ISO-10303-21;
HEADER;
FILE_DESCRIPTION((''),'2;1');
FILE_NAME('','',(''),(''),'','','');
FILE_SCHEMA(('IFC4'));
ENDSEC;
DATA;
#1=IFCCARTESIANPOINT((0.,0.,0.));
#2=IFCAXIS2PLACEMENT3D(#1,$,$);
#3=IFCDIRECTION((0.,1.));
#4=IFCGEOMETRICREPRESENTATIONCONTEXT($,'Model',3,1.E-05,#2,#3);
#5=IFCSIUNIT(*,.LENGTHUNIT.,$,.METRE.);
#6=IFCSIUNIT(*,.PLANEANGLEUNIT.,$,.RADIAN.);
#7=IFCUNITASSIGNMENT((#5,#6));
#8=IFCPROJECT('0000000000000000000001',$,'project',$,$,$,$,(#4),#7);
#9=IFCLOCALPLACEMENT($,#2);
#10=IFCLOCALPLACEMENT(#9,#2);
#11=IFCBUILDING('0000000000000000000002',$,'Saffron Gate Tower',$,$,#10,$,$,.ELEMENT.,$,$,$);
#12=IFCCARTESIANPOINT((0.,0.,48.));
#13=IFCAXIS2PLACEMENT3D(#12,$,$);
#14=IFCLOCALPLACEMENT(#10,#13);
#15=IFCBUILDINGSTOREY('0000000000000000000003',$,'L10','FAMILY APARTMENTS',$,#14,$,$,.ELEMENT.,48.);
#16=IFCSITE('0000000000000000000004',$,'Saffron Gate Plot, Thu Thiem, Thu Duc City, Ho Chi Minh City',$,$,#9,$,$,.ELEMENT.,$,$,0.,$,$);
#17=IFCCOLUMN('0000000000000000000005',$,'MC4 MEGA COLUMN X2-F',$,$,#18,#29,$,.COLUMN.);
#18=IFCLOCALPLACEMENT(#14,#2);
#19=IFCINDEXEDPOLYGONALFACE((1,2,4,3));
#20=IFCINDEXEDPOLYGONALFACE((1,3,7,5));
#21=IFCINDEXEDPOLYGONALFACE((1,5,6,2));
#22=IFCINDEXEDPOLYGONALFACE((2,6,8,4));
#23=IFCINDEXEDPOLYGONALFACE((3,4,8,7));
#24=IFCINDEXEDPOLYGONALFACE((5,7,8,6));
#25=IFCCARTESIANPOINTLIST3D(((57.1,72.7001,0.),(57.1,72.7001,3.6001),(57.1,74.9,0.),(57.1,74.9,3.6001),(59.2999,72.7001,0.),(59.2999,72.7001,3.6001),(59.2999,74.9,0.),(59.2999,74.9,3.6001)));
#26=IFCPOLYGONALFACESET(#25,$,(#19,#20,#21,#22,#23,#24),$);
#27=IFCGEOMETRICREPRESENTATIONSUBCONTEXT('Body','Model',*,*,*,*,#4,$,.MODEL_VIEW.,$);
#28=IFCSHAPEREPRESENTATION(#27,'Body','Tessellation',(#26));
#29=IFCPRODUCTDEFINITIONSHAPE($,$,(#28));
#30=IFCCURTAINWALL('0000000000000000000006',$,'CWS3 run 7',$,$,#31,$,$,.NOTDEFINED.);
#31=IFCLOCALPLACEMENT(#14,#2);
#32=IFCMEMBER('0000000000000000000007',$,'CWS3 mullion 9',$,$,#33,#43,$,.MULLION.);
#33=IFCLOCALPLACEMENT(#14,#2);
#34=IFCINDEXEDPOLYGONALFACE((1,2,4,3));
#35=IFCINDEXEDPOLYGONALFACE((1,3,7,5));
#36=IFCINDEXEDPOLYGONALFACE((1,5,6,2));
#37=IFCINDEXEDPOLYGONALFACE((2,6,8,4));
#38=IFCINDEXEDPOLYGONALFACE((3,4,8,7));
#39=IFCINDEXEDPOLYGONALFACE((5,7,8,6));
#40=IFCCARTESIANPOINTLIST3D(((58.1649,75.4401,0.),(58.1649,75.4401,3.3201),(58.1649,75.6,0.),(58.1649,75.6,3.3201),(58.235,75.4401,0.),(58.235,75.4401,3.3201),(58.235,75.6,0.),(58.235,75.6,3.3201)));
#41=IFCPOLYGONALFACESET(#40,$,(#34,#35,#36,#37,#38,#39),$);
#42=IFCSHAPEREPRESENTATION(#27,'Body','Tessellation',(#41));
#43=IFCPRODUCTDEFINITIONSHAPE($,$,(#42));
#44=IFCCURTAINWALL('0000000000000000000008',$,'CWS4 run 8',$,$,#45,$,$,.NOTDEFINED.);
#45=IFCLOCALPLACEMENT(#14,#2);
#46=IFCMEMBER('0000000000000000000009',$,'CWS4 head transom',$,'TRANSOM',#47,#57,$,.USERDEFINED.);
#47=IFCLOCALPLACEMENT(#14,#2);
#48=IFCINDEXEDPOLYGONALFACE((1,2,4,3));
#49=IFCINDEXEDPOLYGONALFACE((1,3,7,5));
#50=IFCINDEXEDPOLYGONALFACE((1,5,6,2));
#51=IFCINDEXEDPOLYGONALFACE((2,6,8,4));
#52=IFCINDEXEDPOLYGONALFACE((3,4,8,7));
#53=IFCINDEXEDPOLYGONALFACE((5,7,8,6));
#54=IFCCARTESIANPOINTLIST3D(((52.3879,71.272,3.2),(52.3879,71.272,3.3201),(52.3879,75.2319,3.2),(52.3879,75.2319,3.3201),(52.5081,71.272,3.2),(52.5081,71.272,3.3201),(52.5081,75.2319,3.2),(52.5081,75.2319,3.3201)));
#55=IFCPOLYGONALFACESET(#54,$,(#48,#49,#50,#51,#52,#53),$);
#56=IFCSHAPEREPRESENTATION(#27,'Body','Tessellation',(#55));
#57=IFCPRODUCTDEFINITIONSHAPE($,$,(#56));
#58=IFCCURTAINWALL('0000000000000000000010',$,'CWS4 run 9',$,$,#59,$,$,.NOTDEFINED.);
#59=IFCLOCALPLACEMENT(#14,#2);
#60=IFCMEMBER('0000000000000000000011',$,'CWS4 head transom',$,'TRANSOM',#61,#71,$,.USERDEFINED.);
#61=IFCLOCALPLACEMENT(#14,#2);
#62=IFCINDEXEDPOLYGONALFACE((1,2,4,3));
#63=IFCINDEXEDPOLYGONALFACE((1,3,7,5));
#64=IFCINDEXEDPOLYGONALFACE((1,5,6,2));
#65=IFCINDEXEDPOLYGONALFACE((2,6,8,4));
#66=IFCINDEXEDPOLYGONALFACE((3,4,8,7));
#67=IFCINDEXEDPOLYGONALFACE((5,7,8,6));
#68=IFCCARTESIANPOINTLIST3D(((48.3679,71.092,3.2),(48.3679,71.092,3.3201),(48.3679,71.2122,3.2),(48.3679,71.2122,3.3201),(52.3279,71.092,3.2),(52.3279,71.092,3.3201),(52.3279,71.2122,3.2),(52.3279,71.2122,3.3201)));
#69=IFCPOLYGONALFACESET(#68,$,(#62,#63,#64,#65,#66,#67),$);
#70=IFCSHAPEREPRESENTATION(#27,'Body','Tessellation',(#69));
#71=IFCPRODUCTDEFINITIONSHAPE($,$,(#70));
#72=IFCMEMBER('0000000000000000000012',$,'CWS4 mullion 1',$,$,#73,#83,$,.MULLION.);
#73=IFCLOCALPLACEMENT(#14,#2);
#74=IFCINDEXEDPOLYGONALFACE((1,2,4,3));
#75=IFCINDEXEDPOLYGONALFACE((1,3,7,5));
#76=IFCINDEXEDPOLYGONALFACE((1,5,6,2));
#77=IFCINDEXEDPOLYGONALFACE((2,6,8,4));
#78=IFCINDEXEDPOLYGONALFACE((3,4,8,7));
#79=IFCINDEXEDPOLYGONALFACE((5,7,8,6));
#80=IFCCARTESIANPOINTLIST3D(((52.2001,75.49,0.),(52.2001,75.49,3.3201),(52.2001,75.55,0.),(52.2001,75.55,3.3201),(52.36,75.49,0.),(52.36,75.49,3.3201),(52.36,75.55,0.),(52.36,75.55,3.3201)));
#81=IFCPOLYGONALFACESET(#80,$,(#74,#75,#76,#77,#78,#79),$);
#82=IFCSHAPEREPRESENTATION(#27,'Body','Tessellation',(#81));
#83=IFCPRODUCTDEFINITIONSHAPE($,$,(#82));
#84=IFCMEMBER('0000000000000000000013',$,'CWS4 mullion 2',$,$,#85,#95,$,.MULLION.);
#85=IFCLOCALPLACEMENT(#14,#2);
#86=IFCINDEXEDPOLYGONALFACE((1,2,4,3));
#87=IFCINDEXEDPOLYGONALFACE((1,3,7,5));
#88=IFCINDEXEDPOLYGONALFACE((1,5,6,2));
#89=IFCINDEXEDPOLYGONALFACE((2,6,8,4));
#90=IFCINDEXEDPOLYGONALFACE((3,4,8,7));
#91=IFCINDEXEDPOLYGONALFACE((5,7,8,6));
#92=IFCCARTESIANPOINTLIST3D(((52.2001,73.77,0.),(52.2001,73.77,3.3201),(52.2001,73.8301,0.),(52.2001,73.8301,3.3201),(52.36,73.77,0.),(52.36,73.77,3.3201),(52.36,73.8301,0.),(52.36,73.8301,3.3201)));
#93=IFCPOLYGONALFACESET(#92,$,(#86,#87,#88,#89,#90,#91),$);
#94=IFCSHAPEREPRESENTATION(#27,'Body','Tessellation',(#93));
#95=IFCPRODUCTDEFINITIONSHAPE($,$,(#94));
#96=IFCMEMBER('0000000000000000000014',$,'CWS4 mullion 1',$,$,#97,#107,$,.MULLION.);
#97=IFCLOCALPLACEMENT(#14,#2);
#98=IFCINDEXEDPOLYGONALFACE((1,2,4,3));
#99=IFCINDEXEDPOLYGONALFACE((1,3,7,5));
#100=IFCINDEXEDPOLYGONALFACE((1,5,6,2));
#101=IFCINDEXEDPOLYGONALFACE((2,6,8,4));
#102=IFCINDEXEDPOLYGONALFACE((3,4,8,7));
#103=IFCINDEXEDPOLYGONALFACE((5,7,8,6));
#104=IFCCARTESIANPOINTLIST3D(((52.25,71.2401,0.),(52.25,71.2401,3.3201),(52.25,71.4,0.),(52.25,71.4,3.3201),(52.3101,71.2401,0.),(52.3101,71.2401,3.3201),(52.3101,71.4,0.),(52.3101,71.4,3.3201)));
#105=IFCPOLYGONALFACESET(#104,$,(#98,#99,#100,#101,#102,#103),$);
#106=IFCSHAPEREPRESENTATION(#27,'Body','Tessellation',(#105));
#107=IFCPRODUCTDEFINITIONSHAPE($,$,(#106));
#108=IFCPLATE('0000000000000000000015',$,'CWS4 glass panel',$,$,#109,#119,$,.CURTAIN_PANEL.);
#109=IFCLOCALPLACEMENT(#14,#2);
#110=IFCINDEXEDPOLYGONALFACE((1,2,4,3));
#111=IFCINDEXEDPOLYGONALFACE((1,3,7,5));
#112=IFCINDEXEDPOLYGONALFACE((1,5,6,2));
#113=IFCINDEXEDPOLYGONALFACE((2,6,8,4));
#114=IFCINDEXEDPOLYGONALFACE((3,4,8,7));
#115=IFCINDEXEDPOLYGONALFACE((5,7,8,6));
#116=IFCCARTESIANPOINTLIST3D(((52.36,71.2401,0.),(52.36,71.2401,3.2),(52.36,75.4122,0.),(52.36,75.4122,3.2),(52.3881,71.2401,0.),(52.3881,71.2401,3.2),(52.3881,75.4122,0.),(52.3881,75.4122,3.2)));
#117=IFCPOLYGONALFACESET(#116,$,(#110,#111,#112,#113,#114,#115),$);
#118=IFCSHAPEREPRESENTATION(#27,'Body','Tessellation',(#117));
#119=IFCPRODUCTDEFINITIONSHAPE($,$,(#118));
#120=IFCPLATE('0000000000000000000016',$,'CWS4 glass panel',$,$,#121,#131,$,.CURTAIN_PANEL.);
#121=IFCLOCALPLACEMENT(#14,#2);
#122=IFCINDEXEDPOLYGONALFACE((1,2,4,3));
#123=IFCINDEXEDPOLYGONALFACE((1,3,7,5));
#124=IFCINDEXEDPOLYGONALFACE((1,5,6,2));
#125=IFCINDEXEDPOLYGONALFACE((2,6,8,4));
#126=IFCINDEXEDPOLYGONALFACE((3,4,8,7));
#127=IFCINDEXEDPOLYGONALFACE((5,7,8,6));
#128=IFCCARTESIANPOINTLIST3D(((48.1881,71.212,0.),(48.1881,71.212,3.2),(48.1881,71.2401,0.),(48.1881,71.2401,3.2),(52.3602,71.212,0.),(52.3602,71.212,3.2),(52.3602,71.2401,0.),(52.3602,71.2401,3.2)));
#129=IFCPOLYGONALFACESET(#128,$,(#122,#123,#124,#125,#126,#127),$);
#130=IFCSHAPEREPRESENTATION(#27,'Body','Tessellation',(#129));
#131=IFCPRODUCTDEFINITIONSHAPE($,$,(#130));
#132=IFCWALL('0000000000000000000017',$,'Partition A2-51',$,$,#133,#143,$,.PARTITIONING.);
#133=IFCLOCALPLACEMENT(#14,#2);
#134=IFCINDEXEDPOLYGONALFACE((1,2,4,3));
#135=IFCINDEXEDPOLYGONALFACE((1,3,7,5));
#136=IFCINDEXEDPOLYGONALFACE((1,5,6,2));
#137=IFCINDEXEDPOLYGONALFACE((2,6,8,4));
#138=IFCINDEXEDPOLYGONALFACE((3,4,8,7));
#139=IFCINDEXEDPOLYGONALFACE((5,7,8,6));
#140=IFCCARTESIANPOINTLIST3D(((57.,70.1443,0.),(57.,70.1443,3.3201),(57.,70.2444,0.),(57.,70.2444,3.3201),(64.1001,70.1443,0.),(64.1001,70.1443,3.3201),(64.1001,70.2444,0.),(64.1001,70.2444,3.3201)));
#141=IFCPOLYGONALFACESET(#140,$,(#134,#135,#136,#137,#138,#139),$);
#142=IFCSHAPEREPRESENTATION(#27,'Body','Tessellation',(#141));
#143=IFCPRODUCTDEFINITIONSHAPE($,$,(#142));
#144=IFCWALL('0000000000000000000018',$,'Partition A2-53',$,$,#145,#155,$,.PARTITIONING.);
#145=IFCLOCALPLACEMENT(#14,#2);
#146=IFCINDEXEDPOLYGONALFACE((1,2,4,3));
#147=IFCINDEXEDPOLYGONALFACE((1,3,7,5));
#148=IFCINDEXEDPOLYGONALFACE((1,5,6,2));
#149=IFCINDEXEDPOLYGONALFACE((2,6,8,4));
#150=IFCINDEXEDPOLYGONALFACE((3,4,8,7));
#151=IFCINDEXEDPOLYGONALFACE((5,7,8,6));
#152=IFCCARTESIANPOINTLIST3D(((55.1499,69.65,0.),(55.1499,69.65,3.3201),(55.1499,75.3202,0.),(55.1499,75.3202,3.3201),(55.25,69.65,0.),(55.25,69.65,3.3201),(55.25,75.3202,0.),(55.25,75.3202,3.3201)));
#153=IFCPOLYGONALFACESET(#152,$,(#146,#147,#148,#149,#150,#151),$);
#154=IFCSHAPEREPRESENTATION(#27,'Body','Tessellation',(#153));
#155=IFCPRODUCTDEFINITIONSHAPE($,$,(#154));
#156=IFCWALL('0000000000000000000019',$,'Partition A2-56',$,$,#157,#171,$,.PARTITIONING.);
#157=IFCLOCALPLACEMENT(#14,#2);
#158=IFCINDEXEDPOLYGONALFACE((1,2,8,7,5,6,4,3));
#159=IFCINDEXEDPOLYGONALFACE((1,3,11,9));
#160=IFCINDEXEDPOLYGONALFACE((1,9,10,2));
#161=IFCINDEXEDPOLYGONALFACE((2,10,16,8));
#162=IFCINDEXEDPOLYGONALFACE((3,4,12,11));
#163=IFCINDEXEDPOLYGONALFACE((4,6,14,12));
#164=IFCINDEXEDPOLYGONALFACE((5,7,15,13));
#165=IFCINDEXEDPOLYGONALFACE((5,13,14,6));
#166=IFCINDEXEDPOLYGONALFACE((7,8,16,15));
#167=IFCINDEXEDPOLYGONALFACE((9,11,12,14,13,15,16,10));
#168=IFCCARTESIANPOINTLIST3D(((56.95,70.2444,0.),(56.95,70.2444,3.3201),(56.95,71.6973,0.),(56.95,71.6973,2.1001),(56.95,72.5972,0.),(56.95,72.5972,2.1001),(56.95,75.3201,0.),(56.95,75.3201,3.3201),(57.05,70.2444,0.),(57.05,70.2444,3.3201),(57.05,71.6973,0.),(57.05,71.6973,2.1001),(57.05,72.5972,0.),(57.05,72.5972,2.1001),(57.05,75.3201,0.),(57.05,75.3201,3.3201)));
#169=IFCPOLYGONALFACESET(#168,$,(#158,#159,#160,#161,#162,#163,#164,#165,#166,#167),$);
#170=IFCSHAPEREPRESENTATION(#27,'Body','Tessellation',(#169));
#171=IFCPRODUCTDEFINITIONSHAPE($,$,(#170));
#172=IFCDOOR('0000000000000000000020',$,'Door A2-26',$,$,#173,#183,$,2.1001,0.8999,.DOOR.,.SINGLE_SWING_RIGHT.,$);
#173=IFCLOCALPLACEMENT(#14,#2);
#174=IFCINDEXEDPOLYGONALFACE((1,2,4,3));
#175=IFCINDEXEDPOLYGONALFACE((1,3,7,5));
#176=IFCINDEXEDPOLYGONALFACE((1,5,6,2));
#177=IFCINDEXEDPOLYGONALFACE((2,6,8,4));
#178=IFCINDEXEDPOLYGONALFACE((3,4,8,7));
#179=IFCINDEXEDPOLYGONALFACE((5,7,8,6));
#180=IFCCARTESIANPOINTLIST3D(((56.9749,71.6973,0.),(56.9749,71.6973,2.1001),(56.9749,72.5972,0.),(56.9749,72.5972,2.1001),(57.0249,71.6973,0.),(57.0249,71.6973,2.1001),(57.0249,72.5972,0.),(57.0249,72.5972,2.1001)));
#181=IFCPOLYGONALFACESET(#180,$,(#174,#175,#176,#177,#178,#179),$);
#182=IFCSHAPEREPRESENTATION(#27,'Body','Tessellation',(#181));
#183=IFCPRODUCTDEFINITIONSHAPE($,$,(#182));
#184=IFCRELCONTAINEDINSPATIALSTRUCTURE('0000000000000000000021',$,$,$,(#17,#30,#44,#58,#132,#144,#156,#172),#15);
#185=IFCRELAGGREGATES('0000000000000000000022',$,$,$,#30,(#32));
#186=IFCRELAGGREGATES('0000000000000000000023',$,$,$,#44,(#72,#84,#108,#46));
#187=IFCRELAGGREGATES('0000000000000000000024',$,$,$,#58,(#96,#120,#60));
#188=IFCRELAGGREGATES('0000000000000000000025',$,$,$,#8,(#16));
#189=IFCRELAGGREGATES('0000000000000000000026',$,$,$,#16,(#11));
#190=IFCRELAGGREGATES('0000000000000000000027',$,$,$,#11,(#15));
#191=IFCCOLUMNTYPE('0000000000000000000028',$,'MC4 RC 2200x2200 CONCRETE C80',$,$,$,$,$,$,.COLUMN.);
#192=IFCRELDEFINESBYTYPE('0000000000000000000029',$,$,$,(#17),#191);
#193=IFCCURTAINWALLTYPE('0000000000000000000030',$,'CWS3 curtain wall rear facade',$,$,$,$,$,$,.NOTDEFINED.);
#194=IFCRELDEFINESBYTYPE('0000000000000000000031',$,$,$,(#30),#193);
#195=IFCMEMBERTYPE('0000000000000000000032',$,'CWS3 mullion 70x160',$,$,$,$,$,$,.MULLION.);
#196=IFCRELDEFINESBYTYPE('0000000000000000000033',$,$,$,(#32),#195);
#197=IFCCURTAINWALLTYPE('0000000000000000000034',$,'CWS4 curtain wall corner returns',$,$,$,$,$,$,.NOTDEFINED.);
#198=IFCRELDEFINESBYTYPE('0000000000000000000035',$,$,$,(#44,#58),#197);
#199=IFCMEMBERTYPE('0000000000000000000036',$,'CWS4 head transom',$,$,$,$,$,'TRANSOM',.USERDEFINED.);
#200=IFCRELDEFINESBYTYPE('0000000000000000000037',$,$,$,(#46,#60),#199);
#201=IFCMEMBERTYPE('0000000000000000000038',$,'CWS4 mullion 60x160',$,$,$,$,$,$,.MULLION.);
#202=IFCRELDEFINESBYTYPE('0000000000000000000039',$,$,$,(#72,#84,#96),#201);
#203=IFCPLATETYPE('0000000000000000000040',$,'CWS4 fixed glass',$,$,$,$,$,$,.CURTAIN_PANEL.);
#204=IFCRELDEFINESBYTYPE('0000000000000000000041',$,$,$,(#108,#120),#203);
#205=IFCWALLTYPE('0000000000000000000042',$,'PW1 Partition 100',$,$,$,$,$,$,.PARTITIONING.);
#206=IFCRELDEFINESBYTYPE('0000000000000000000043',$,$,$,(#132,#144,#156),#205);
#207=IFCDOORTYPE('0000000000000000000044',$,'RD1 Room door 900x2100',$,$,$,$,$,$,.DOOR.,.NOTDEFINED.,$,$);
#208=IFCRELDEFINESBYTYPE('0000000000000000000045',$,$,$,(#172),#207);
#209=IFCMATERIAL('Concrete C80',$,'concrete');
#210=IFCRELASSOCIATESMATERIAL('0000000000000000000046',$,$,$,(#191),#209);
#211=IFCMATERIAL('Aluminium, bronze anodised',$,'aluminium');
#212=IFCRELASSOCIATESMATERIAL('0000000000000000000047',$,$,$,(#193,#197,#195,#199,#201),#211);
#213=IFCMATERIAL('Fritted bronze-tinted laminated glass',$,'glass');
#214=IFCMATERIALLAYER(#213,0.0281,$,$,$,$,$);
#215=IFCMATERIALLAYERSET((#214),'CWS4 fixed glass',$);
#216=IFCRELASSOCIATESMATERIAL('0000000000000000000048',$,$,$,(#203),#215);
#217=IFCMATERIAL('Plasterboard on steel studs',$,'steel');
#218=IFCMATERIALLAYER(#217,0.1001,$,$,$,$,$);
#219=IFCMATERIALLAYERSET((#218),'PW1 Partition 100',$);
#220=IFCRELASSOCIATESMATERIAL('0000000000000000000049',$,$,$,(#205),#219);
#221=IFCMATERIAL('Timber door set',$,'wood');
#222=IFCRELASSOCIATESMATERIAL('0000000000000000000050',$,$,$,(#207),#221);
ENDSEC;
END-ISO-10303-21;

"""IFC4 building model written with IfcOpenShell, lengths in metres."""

from ifc_helpers import new_model, si_unit, direction, frame, frame_2d, origin, origin_2d, place, context, subcontext, project, spatial, rectangle, extrude, material, layer, layer_set, material_profile, profile_set, type_object, element, fill, aggregate, save


model = new_model("IFC4")

# Units and contexts
model_context = context("Model", 3, precision=1e-05, world=origin(), true_north=direction((0.0, 1.0)))
body_context = subcontext(model_context, "Body", "Model", "MODEL_VIEW")
ifc_project = project(units=[si_unit("LENGTHUNIT", "METRE"), si_unit("PLANEANGLEUNIT", "RADIAN")], contexts=[model_context])

# Site, building, storey
site_placement = place(None, origin())
site = spatial("IfcSite", under=ifc_project, at=site_placement, Name="Saffron Gate Plot, Thu Thiem, Thu Duc City, Ho Chi Minh City", CompositionType="ELEMENT", RefElevation=0.0)
building_placement = place(site_placement, origin())
building = spatial("IfcBuilding", under=site, at=building_placement, Name="Saffron Gate Tower", CompositionType="ELEMENT")
storey_placement = place(building_placement, frame((0.0, 0.0, 48.0)))
storey = spatial("IfcBuildingStorey", under=building, at=storey_placement, Name="L10", Description="FAMILY APARTMENTS", CompositionType="ELEMENT", Elevation=48.0)

# Column
ifc_material_1 = material(Name="Concrete C80", Category="concrete")
ifc_material_profile_1 = material_profile(ifc_material_1, rectangle(XDim=2.2, YDim=2.2, at=origin_2d()))
ifc_profile_set_1 = profile_set([ifc_material_profile_1], Name="Concrete C80")
column_type = type_object("IfcColumnType", Name="MC4 RC 2200x2200 CONCRETE C80", PredefinedType="COLUMN", material=ifc_profile_set_1)
column_placement = place(storey_placement, frame((58.2, 73.8, 0.0), z_axis=(0.0, 0.0, 1.0), x_axis=(1.0, 0.0, 0.0)))
element("IfcColumn", 1, at=column_placement, inside=storey, type_object=column_type, Name="MC4 MEGA COLUMN X2-F", PredefinedType="COLUMN", context=body_context, shape_type="SweptSolid", body=[
    extrude(rectangle(XDim=2.2, YDim=2.2, at=origin_2d()), origin(), (0.0, 0.0, 1.0), 3.6001),
])

# Curtain walls, members
ifc_material_2 = material(Name="Aluminium, bronze anodised", Category="aluminium")
curtain_wall_type_1 = type_object("IfcCurtainWallType", Name="CWS3 curtain wall rear facade", PredefinedType="NOTDEFINED", material=ifc_material_2)
curtain_wall_1_placement = place(storey_placement, origin())
curtain_wall_1 = element("IfcCurtainWall", 2, at=curtain_wall_1_placement, inside=storey, type_object=curtain_wall_type_1, Name="CWS3 run 7", PredefinedType="NOTDEFINED")
ifc_material_profile_2 = material_profile(ifc_material_2, rectangle(XDim=0.1599, YDim=0.0701, at=origin_2d()))
ifc_profile_set_2 = profile_set([ifc_material_profile_2], Name="Aluminium, bronze anodised")
member_type_1 = type_object("IfcMemberType", Name="CWS3 mullion 70x160", PredefinedType="MULLION", material=ifc_profile_set_2)
member_1_placement = place(storey_placement, frame((58.2, 75.52, 0.0), z_axis=(0.0, 0.0, 1.0), x_axis=(0.0, -1.0, 0.0)))
member_1 = element("IfcMember", 3, at=member_1_placement, type_object=member_type_1, Name="CWS3 mullion 9", PredefinedType="MULLION", context=body_context, shape_type="SweptSolid", body=[
    extrude(rectangle(XDim=0.1599, YDim=0.0701, at=origin_2d()), origin(), (0.0, 0.0, 1.0), 3.3201),
])
aggregate(curtain_wall_1, [member_1])
curtain_wall_type_2 = type_object("IfcCurtainWallType", Name="CWS4 curtain wall corner returns", PredefinedType="NOTDEFINED", material=ifc_material_2)
curtain_wall_2_placement = place(storey_placement, origin())
curtain_wall_2 = element("IfcCurtainWall", 4, at=curtain_wall_2_placement, inside=storey, type_object=curtain_wall_type_2, Name="CWS4 run 8", PredefinedType="NOTDEFINED")
ifc_material_profile_3 = material_profile(ifc_material_2, rectangle(XDim=0.1201, YDim=0.1201, at=origin_2d()))
ifc_profile_set_3 = profile_set([ifc_material_profile_3], Name="Aluminium, bronze anodised")
member_type_2 = type_object("IfcMemberType", Name="CWS4 head transom", ElementType="TRANSOM", PredefinedType="USERDEFINED", material=ifc_profile_set_3)
member_2_placement = place(storey_placement, frame((52.448, 75.2319, 3.26), z_axis=(0.0, -1.0, 0.0), x_axis=(1.0, 0.0, 0.0)))
member_2 = element("IfcMember", 5, at=member_2_placement, type_object=member_type_2, Name="CWS4 head transom", ObjectType="TRANSOM", PredefinedType="USERDEFINED", context=body_context, shape_type="SweptSolid", body=[
    extrude(rectangle(XDim=0.1201, YDim=0.1201, at=origin_2d()), origin(), (0.0, 0.0, 1.0), 3.96),
])
curtain_wall_3_placement = place(storey_placement, origin())
curtain_wall_3 = element("IfcCurtainWall", 6, at=curtain_wall_3_placement, inside=storey, type_object=curtain_wall_type_2, Name="CWS4 run 9", PredefinedType="NOTDEFINED")
member_3_placement = place(storey_placement, frame((52.3279, 71.1521, 3.26), z_axis=(-1.0, 0.0, 0.0), x_axis=(0.0, -1.0, 0.0)))
member_3 = element("IfcMember", 7, at=member_3_placement, type_object=member_type_2, Name="CWS4 head transom", ObjectType="TRANSOM", PredefinedType="USERDEFINED", context=body_context, shape_type="SweptSolid", body=[
    extrude(rectangle(XDim=0.1201, YDim=0.1201, at=origin_2d()), origin(), (0.0, 0.0, 1.0), 3.96),
])

# Members
ifc_material_profile_4 = material_profile(ifc_material_2, rectangle(XDim=0.1599, YDim=0.0601, at=origin_2d()))
ifc_profile_set_4 = profile_set([ifc_material_profile_4], Name="Aluminium, bronze anodised")
member_type_3 = type_object("IfcMemberType", Name="CWS4 mullion 60x160", PredefinedType="MULLION", material=ifc_profile_set_4)
member_4_placement = place(storey_placement, frame((52.28, 75.52, 0.0), z_axis=(0.0, 0.0, 1.0), x_axis=(1.0, 0.0, 0.0)))
member_4 = element("IfcMember", 8, at=member_4_placement, type_object=member_type_3, Name="CWS4 mullion 1", PredefinedType="MULLION", context=body_context, shape_type="SweptSolid", body=[
    extrude(rectangle(XDim=0.1599, YDim=0.0601, at=origin_2d()), origin(), (0.0, 0.0, 1.0), 3.3201),
])
member_5_placement = place(storey_placement, frame((52.28, 73.8, 0.0), z_axis=(0.0, 0.0, 1.0), x_axis=(1.0, 0.0, 0.0)))
member_5 = element("IfcMember", 9, at=member_5_placement, type_object=member_type_3, Name="CWS4 mullion 2", PredefinedType="MULLION", context=body_context, shape_type="SweptSolid", body=[
    extrude(rectangle(XDim=0.1599, YDim=0.0601, at=origin_2d()), origin(), (0.0, 0.0, 1.0), 3.3201),
])
member_6_placement = place(storey_placement, frame((52.28, 71.3201, 0.0), z_axis=(0.0, 0.0, 1.0), x_axis=(0.0, -1.0, 0.0)))
member_6 = element("IfcMember", 10, at=member_6_placement, type_object=member_type_3, Name="CWS4 mullion 1", PredefinedType="MULLION", context=body_context, shape_type="SweptSolid", body=[
    extrude(rectangle(XDim=0.1599, YDim=0.0601, at=origin_2d()), origin(), (0.0, 0.0, 1.0), 3.3201),
])

# Plates
ifc_material_3 = material(Name="Fritted bronze-tinted laminated glass", Category="glass")
ifc_layer_1 = layer(ifc_material_3, 0.0281)
ifc_layer_set_1 = layer_set([ifc_layer_1], Name="CWS4 fixed glass")
plate_type = type_object("IfcPlateType", Name="CWS4 fixed glass", PredefinedType="CURTAIN_PANEL", material=ifc_layer_set_1)
plate_1_placement = place(storey_placement, frame((52.374, 75.4121, 0.0), z_axis=(0.0, 0.0, 1.0), x_axis=(0.0, -1.0, 0.0)))
plate_1 = element("IfcPlate", 11, at=plate_1_placement, type_object=plate_type, Name="CWS4 glass panel", PredefinedType="CURTAIN_PANEL", context=body_context, shape_type="SweptSolid", body=[
    extrude(rectangle(XDim=4.1721, YDim=0.0281, at=frame_2d((2.0859, 0.0))), origin(), (0.0, 0.0, 1.0), 3.2),
])
aggregate(curtain_wall_2, [member_4, member_5, plate_1, member_2])
plate_2_placement = place(storey_placement, frame((52.3601, 71.2261, 0.0), z_axis=(0.0, 0.0, 1.0), x_axis=(-1.0, 0.0, 0.0)))
plate_2 = element("IfcPlate", 12, at=plate_2_placement, type_object=plate_type, Name="CWS4 glass panel", PredefinedType="CURTAIN_PANEL", context=body_context, shape_type="SweptSolid", body=[
    extrude(rectangle(XDim=4.1721, YDim=0.0281, at=frame_2d((2.0859, 0.0))), origin(), (0.0, 0.0, 1.0), 3.2),
])
aggregate(curtain_wall_3, [member_6, plate_2, member_3])

# Walls
ifc_material_4 = material(Name="Plasterboard on steel studs", Category="steel")
ifc_layer_2 = layer(ifc_material_4, 0.1001)
ifc_layer_set_2 = layer_set([ifc_layer_2], Name="PW1 Partition 100")
wall_type = type_object("IfcWallType", Name="PW1 Partition 100", PredefinedType="PARTITIONING", material=ifc_layer_set_2)
wall_1_placement = place(storey_placement, frame((57.0, 70.1943, 0.0), z_axis=(0.0, 0.0, 1.0), x_axis=(1.0, 0.0, 0.0)))
element("IfcWall", 13, at=wall_1_placement, inside=storey, type_object=wall_type, Name="Partition A2-51", PredefinedType="PARTITIONING", context=body_context, shape_type="SweptSolid", body=[
    extrude(rectangle(XDim=7.1001, YDim=0.1001, at=frame_2d((3.55, 0.0))), origin(), (0.0, 0.0, 1.0), 3.3201),
])
wall_2_placement = place(storey_placement, frame((55.2, 75.3201, 0.0), z_axis=(0.0, 0.0, 1.0), x_axis=(0.0, -1.0, 0.0)))
element("IfcWall", 14, at=wall_2_placement, inside=storey, type_object=wall_type, Name="Partition A2-53", PredefinedType="PARTITIONING", context=body_context, shape_type="SweptSolid", body=[
    extrude(rectangle(XDim=5.6702, YDim=0.1001, at=frame_2d((2.835, 0.0))), origin(), (0.0, 0.0, 1.0), 3.3201),
])

# Wall, opening, door
wall_3_placement = place(storey_placement, frame((57.0, 75.3201, 0.0), z_axis=(0.0, 0.0, 1.0), x_axis=(0.0, -1.0, 0.0)))
wall_3 = element("IfcWall", 15, at=wall_3_placement, inside=storey, type_object=wall_type, Name="Partition A2-56", PredefinedType="PARTITIONING", context=body_context, shape_type="SweptSolid", body=[
    extrude(rectangle(XDim=5.0757, YDim=0.1001, at=frame_2d((2.5378, 0.0))), origin(), (0.0, 0.0, 1.0), 3.3201),
])
opening_placement = place(wall_3_placement, frame((2.7229, 0.0, 0.0)))
opening = element("IfcOpeningElement", 16, at=opening_placement, cuts=wall_3, PredefinedType="OPENING", context=body_context, shape_type="SweptSolid", body=[
    extrude(rectangle(XDim=0.8999, YDim=2.1001, at=frame_2d((0.45, 1.05))), frame((0.0, 0.0601, 0.0), z_axis=(0.0, -1.0, 0.0), x_axis=(1.0, 0.0, 0.0)), (0.0, 0.0, 1.0), 0.1201),
])
ifc_material_5 = material(Name="Timber door set", Category="wood")
door_type = type_object("IfcDoorType", Name="RD1 Room door 900x2100", OperationType="NOTDEFINED", PredefinedType="DOOR", material=ifc_material_5)
door_placement = place(opening_placement, origin())
door = element("IfcDoor", 17, at=door_placement, inside=storey, type_object=door_type, Name="Door A2-26", OperationType="SINGLE_SWING_RIGHT", OverallHeight=2.1001, OverallWidth=0.8999, PredefinedType="DOOR", context=body_context, shape_type="SweptSolid", body=[
    extrude(rectangle(XDim=0.8999, YDim=2.1001, at=frame_2d((0.45, 1.05))), frame((0.0, 0.0249, 0.0), z_axis=(0.0, -1.0, 0.0), x_axis=(1.0, 0.0, 0.0)), (0.0, 0.0, 1.0), 0.05),
])
fill(opening, door)

save(model, "model.ifc")
